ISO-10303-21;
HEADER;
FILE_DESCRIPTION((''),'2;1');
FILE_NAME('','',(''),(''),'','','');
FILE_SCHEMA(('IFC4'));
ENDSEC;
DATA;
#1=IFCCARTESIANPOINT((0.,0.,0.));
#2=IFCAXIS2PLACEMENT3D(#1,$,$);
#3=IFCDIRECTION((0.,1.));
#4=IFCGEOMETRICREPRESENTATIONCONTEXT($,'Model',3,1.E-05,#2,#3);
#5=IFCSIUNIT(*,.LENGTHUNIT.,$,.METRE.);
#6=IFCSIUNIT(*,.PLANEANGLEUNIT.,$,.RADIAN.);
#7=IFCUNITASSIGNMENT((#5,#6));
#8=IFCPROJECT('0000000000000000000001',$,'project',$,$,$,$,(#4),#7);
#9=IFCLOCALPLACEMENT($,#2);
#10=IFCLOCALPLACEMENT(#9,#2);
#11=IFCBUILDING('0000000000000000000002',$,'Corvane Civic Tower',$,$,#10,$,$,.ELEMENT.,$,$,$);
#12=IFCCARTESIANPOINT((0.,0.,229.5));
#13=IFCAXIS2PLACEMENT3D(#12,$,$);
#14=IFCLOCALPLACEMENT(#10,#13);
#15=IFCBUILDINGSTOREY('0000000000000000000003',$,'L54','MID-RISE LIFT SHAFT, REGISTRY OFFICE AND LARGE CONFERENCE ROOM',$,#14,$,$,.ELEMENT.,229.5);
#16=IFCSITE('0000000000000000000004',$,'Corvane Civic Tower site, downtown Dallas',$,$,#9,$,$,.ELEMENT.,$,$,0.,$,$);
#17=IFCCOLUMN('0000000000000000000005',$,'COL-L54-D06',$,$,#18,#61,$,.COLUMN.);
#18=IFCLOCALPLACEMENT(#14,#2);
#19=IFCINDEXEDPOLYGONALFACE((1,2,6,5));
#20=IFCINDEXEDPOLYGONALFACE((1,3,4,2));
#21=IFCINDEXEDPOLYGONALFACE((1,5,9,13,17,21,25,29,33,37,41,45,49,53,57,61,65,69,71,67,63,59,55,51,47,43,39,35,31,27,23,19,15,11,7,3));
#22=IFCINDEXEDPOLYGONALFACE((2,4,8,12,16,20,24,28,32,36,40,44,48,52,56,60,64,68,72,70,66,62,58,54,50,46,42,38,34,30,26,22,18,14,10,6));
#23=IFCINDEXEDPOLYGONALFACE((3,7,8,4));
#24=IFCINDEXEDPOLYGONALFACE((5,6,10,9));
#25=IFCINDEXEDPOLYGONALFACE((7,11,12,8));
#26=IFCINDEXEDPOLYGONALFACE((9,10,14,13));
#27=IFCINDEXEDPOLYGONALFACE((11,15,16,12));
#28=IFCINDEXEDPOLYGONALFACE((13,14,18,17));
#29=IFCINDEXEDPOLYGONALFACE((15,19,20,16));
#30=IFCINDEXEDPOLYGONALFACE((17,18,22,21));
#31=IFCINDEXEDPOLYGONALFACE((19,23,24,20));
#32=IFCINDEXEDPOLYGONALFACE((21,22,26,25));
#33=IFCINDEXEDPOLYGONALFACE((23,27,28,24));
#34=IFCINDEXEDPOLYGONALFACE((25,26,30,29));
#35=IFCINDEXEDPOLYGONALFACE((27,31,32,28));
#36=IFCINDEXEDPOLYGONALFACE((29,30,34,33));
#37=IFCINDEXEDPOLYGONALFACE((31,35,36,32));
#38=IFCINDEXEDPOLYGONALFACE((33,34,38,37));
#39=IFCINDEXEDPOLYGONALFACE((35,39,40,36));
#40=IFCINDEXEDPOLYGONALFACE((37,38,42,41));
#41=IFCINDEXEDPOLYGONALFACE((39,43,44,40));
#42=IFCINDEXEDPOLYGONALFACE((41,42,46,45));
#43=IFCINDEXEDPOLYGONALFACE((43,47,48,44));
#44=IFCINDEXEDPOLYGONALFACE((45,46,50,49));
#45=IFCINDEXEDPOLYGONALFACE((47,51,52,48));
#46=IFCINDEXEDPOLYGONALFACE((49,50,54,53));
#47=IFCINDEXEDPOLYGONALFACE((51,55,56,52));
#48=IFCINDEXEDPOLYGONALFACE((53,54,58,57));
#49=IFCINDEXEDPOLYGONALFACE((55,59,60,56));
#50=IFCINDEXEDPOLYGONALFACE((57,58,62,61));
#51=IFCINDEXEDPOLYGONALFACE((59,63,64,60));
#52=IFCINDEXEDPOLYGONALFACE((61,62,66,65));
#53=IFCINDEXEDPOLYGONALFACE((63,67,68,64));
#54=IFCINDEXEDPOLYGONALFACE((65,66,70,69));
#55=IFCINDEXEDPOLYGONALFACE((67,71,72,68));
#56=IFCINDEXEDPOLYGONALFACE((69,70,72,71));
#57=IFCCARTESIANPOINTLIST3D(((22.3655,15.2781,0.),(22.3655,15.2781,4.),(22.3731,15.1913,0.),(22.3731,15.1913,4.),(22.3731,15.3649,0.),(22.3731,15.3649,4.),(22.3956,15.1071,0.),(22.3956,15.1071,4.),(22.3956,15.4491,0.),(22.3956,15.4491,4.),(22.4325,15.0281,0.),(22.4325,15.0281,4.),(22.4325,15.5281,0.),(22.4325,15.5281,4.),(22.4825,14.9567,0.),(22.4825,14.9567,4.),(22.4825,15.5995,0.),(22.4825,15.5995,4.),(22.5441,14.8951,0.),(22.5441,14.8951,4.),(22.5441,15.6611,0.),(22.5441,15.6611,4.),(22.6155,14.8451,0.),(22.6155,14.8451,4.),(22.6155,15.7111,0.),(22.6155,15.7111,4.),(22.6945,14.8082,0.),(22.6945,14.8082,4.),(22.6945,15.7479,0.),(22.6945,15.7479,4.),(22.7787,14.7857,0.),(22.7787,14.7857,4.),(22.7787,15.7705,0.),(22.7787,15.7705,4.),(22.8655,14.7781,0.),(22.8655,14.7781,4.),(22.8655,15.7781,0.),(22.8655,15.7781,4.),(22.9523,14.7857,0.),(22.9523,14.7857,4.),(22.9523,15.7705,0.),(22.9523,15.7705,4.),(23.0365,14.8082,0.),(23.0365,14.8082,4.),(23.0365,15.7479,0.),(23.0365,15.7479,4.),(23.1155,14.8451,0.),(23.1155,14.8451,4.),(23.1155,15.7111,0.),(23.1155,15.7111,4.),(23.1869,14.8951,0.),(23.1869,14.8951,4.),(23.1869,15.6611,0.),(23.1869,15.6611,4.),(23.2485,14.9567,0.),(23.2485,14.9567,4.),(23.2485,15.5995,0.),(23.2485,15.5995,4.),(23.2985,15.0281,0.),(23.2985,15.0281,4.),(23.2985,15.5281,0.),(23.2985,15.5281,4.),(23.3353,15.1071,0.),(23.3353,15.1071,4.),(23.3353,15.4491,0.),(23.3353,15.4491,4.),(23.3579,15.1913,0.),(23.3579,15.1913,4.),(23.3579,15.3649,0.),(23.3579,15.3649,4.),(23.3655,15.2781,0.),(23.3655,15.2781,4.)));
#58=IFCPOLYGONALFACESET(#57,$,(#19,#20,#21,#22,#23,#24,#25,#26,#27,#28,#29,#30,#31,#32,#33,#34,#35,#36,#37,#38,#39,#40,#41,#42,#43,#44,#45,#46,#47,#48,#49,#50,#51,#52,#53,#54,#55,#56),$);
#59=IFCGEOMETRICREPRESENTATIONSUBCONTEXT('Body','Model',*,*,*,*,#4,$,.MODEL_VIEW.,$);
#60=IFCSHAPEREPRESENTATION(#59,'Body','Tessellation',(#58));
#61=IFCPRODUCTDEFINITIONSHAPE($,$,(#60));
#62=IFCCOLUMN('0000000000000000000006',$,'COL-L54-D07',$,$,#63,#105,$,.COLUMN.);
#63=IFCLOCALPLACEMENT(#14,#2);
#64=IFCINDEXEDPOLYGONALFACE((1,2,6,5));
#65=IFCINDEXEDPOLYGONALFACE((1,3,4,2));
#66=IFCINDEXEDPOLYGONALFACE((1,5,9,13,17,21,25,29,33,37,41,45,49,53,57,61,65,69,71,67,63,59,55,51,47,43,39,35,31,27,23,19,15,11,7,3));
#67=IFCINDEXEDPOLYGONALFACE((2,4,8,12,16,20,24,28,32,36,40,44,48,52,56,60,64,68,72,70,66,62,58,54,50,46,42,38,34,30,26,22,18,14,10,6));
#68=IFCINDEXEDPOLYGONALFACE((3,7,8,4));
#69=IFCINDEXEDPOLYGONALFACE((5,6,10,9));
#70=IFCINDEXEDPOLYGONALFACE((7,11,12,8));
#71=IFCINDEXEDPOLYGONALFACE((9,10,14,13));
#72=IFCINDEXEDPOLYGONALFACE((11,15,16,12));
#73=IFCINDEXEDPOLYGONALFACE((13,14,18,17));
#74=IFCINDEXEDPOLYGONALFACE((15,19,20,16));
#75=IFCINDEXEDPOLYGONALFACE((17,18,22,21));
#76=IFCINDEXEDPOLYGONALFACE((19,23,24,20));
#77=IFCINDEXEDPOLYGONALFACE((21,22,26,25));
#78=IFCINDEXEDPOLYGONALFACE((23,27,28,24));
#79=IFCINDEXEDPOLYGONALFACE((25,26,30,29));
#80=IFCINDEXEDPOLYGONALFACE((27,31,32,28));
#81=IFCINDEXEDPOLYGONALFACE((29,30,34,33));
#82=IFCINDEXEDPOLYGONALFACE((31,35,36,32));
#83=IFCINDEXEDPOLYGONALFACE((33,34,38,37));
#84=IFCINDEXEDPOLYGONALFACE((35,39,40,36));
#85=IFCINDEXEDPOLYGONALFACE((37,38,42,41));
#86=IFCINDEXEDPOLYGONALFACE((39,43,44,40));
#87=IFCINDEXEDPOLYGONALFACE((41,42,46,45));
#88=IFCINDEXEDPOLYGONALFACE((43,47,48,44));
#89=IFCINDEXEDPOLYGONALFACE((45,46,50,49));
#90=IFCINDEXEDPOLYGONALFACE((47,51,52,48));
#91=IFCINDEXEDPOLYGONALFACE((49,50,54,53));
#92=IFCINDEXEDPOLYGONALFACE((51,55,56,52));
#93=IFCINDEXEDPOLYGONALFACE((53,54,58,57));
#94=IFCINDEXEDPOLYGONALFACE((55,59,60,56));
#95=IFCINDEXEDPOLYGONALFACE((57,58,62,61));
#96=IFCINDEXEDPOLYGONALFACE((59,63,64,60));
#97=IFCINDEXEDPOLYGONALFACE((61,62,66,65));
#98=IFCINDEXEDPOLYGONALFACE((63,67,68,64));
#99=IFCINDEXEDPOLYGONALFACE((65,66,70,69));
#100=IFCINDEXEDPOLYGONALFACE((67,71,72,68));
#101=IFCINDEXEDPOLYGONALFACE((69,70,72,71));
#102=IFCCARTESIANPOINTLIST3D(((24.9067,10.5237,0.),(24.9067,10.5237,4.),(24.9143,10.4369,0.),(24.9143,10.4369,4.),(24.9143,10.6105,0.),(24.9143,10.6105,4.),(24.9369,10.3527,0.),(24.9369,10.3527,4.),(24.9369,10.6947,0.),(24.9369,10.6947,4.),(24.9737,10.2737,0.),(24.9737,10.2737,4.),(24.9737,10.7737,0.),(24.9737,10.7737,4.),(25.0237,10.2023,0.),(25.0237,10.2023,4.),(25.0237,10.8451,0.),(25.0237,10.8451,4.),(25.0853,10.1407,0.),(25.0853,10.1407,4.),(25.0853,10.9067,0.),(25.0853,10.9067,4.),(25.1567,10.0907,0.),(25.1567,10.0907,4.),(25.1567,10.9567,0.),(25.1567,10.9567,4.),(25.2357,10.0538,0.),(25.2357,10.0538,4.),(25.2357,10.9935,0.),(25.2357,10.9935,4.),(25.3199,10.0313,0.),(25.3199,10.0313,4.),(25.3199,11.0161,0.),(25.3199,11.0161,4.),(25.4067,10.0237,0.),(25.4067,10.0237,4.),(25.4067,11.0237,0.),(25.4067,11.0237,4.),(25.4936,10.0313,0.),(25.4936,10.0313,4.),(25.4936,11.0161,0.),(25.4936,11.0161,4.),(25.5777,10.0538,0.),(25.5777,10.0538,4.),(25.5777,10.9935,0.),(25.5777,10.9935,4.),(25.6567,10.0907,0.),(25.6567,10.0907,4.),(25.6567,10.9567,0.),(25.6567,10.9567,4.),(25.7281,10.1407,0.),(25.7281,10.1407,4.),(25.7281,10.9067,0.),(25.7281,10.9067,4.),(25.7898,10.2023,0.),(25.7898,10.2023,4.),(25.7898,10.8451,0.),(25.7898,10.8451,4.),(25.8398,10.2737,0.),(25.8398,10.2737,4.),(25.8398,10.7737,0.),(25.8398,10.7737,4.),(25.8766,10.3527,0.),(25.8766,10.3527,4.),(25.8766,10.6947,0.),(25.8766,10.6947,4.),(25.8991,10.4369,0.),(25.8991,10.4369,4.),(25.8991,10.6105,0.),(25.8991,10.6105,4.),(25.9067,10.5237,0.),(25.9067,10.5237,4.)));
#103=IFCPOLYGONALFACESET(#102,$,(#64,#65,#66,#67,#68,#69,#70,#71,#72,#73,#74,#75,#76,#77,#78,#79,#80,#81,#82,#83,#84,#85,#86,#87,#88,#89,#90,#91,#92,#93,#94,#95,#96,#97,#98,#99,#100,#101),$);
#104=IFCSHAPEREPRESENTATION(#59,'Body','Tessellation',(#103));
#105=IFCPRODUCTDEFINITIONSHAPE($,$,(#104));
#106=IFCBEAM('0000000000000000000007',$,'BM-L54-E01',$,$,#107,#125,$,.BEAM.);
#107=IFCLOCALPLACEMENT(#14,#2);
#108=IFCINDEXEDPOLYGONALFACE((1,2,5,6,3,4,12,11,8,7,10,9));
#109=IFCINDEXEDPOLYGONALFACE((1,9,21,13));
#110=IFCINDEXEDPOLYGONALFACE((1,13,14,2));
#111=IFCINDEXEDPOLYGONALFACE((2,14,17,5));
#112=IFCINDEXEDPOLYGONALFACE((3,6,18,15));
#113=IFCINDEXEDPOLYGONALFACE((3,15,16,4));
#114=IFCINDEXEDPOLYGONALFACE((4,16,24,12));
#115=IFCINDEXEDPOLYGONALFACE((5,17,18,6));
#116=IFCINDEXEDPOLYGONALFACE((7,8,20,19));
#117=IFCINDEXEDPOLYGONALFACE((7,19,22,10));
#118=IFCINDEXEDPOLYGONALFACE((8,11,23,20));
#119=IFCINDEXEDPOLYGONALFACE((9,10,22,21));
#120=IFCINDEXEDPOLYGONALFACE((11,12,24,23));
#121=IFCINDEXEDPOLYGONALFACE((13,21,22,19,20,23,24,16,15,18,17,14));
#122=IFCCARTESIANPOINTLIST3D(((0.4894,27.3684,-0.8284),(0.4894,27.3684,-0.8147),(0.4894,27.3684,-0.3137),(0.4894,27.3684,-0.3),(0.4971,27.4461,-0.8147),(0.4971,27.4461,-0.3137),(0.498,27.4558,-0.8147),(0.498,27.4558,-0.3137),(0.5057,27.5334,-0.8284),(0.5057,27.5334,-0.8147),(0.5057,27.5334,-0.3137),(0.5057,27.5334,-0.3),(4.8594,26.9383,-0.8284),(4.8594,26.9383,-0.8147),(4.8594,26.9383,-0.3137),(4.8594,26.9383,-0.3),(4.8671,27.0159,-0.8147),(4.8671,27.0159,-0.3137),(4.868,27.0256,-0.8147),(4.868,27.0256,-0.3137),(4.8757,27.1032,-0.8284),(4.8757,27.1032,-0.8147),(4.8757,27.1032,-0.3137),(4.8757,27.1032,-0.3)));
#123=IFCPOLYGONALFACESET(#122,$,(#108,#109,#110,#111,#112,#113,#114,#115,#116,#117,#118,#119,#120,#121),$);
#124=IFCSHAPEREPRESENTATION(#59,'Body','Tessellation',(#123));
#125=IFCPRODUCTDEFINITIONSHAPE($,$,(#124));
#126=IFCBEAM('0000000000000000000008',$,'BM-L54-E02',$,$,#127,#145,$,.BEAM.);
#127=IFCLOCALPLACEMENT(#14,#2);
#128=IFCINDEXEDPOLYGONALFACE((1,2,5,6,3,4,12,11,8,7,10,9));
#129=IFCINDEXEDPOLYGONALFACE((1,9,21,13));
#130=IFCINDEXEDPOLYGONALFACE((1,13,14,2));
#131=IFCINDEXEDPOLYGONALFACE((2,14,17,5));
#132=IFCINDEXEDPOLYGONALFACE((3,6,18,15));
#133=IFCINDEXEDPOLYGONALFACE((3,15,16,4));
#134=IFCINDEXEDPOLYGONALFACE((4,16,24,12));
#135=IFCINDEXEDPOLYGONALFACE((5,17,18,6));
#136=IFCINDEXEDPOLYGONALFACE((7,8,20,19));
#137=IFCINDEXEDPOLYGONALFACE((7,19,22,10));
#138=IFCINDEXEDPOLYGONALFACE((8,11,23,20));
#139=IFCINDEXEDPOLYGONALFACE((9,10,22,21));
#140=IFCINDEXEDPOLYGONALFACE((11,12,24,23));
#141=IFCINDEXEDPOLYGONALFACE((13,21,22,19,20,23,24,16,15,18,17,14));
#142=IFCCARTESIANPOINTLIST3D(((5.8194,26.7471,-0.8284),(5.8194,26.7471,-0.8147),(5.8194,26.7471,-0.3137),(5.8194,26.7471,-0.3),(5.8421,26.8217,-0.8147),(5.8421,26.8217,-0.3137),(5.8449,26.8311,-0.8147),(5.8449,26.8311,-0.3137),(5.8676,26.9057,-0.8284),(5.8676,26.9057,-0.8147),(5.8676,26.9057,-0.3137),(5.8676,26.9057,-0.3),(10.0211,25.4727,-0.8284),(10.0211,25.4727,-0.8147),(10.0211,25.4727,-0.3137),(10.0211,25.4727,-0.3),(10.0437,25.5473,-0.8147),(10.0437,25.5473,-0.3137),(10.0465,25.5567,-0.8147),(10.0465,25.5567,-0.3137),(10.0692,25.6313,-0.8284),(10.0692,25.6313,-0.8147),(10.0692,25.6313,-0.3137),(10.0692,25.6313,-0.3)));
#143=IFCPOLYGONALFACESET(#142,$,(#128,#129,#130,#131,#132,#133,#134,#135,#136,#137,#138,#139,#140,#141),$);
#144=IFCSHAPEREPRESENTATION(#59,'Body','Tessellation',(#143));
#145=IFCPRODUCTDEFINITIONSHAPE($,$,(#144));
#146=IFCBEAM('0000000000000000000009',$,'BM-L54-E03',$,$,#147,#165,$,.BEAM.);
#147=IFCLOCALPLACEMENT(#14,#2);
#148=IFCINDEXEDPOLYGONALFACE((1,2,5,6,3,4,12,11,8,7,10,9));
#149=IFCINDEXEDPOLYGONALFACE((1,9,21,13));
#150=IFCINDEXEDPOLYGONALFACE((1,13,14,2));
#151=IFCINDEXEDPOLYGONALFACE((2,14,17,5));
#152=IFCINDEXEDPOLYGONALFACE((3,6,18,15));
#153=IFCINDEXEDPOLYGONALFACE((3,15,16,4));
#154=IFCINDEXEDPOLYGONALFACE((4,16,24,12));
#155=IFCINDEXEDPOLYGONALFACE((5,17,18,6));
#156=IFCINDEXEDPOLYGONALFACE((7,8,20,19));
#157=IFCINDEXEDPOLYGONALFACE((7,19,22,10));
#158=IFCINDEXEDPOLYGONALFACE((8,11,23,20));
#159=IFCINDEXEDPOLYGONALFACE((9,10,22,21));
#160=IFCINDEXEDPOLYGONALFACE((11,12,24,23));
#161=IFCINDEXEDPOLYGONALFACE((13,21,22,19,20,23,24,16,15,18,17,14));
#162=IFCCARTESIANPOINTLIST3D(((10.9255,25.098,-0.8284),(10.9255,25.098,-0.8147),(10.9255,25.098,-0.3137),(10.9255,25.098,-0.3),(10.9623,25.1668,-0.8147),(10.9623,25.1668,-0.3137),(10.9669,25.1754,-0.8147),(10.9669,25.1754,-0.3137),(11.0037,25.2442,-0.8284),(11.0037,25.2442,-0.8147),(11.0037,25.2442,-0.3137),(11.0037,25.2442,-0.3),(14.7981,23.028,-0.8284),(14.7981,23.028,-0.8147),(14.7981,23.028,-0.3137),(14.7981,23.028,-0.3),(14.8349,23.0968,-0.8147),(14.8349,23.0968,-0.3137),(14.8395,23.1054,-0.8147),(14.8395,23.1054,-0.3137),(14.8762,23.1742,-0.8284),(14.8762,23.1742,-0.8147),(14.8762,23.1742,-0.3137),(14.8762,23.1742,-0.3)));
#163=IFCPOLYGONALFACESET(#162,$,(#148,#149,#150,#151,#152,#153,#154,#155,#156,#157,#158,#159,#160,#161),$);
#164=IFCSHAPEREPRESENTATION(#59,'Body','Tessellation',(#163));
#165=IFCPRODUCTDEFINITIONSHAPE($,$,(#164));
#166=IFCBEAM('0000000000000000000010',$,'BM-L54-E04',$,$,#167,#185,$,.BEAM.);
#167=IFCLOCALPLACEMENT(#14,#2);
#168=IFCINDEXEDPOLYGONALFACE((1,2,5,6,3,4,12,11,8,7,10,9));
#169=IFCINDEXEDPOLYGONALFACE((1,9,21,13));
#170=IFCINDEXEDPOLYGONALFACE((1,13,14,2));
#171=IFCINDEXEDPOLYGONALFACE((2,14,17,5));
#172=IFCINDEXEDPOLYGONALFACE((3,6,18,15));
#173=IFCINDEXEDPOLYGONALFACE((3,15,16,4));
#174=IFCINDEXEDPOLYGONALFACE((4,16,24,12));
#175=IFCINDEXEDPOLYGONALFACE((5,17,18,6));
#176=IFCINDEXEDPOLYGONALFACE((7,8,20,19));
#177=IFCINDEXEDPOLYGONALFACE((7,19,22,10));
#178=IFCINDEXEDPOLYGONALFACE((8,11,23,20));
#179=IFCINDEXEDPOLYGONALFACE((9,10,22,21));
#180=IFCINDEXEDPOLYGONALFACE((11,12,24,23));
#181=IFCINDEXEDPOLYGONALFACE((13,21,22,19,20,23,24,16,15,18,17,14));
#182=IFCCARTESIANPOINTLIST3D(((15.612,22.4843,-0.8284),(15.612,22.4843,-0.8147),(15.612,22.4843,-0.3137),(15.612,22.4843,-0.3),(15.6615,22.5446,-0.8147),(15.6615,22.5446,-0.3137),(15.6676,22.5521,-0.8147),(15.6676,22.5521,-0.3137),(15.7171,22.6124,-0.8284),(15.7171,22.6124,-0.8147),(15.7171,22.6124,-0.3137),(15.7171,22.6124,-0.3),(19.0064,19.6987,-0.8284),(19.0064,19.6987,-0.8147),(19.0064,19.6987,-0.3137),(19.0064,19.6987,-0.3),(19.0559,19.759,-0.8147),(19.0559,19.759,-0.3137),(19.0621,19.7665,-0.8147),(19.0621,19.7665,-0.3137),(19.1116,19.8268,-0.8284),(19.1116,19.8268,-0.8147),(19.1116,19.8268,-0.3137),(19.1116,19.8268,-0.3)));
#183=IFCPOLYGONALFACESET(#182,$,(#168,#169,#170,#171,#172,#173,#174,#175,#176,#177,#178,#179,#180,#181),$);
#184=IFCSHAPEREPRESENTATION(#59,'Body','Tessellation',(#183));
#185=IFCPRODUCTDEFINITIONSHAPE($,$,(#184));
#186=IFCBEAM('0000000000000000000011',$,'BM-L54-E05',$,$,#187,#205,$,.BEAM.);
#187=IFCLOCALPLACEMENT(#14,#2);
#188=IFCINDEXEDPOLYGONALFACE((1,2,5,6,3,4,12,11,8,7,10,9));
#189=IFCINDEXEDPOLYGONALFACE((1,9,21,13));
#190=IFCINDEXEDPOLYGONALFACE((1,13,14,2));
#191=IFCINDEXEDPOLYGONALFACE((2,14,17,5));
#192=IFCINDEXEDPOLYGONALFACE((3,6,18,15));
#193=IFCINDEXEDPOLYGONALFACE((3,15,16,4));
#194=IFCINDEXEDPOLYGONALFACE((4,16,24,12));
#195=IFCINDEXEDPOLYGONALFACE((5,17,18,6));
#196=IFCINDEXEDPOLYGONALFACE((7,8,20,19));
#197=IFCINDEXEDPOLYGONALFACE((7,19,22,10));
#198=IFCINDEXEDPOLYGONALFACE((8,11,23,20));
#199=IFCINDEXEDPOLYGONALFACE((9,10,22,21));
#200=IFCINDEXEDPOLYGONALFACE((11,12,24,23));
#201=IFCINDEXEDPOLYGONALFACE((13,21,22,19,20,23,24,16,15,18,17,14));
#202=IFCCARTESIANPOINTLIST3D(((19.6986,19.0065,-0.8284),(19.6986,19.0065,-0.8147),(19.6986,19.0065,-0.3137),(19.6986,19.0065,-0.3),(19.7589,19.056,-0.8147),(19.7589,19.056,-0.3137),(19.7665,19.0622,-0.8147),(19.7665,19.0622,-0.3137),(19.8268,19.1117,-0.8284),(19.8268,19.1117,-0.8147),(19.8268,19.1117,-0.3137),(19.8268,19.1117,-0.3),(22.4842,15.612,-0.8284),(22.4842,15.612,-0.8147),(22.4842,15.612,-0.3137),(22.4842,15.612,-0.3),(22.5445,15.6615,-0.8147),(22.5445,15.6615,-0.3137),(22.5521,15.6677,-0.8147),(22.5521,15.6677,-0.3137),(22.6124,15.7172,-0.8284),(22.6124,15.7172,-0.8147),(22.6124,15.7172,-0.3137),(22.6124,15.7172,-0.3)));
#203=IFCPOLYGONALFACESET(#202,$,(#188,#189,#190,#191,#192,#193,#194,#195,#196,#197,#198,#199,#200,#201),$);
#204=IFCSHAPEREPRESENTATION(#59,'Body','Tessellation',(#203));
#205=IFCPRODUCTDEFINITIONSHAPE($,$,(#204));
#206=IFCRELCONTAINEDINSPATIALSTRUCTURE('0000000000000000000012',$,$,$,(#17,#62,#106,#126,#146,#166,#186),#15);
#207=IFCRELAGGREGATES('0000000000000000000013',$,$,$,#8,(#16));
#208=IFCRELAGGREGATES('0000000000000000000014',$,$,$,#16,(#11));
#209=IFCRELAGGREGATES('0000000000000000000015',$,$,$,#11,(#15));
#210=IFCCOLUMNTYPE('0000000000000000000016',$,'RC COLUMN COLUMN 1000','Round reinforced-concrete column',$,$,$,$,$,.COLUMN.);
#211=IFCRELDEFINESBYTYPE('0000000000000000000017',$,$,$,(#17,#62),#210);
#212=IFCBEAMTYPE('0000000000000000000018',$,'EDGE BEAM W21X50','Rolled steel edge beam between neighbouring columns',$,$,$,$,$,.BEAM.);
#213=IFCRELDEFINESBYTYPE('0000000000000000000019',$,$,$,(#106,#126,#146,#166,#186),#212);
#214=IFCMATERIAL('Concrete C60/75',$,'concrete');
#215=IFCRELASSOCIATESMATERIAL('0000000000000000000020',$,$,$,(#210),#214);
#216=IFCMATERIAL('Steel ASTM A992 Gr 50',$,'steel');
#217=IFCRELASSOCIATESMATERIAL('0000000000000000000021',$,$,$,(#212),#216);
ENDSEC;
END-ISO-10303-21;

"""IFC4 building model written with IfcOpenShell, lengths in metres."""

from ifc_helpers import new_model, si_unit, direction, frame, origin, origin_2d, place, context, subcontext, project, spatial, circle, i_section, extrude, material, material_profile, profile_set, type_object, element, save


model = new_model("IFC4")

# Units and contexts
model_context = context("Model", 3, precision=1e-05, world=origin(), true_north=direction((0.0, 1.0)))
body_context = subcontext(model_context, "Body", "Model", "MODEL_VIEW")
ifc_project = project(units=[si_unit("LENGTHUNIT", "METRE"), si_unit("PLANEANGLEUNIT", "RADIAN")], contexts=[model_context])

# Site, building, storey
site_placement = place(None, origin())
site = spatial("IfcSite", under=ifc_project, at=site_placement, Name="Corvane Civic Tower site, downtown Dallas", CompositionType="ELEMENT", RefElevation=0.0)
building_placement = place(site_placement, origin())
building = spatial("IfcBuilding", under=site, at=building_placement, Name="Corvane Civic Tower", CompositionType="ELEMENT")
storey_placement = place(building_placement, frame((0.0, 0.0, 229.5)))
storey = spatial("IfcBuildingStorey", under=building, at=storey_placement, Name="L54", Description="MID-RISE LIFT SHAFT, REGISTRY OFFICE AND LARGE CONFERENCE ROOM", CompositionType="ELEMENT", Elevation=229.5)

# Columns
ifc_material_1 = material(Name="Concrete C60/75", Category="concrete")
ifc_material_profile_1 = material_profile(ifc_material_1, circle(Radius=0.5, at=origin_2d()), Name="COLUMN 1000")
ifc_profile_set_1 = profile_set([ifc_material_profile_1], Name="Concrete C60/75")
column_type = type_object("IfcColumnType", Name="RC COLUMN COLUMN 1000", Description="Round reinforced-concrete column", PredefinedType="COLUMN", material=ifc_profile_set_1)
for number, where, z_axis, x_axis, name in (
    (1, (22.8655, 15.2781, 0.0), (0.0, 0.0, 1.0), (1.0, 0.0, 0.0), "COL-L54-D06"),
    (2, (25.4067, 10.5237, 0.0), (0.0, 0.0, 1.0), (1.0, 0.0, 0.0), "COL-L54-D07"),
):
    element("IfcColumn", number, at=place(storey_placement, frame(where, z_axis=z_axis, x_axis=x_axis)), inside=storey, type_object=column_type, Name=name, PredefinedType="COLUMN", context=body_context, shape_type="SweptSolid", body=[
        extrude(circle(Radius=0.5, at=origin_2d()), origin(), (0.0, 0.0, 1.0), 4.0),
    ])

# Beams
ifc_material_2 = material(Name="Steel ASTM A992 Gr 50", Category="steel")
ifc_material_profile_2 = material_profile(ifc_material_2, i_section(OverallWidth=0.1658, OverallDepth=0.5283, WebThickness=0.0098, FlangeThickness=0.0137, at=origin_2d()), Name="W21X50")
ifc_profile_set_2 = profile_set([ifc_material_profile_2], Name="Steel ASTM A992 Gr 50")
beam_type_1 = type_object("IfcBeamType", Name="EDGE BEAM W21X50", Description="Rolled steel edge beam between neighbouring columns", PredefinedType="BEAM", material=ifc_profile_set_2)
beam_1_placement = place(storey_placement, frame((0.4976, 27.4509, -0.5642), z_axis=(0.99519, -0.097968, 0.0), x_axis=(0.097968, 0.99519, 0.0)))
element("IfcBeam", 3, at=beam_1_placement, inside=storey, type_object=beam_type_1, Name="BM-L54-E01", PredefinedType="BEAM", context=body_context, shape_type="SweptSolid", body=[
    extrude(i_section(OverallWidth=0.1658, OverallDepth=0.5283, WebThickness=0.0098, FlangeThickness=0.0137, at=origin_2d()), origin(), (0.0, 0.0, 1.0), 4.3911),
])
beam_2_placement = place(storey_placement, frame((5.8435, 26.8264, -0.5642), z_axis=(0.95695, -0.290254, 0.0), x_axis=(0.290254, 0.95695, 0.0)))
element("IfcBeam", 4, at=beam_2_placement, inside=storey, type_object=beam_type_1, Name="BM-L54-E02", PredefinedType="BEAM", context=body_context, shape_type="SweptSolid", body=[
    extrude(i_section(OverallWidth=0.1658, OverallDepth=0.5283, WebThickness=0.0098, FlangeThickness=0.0137, at=origin_2d()), origin(), (0.0, 0.0, 1.0), 4.3906),
])
for number, where, z_axis, x_axis, name in (
    (5, (10.9646, 25.1711, -0.5642), (0.881908, -0.471422, 0.0), (0.471422, 0.881908, 0.0), "BM-L54-E03"),
    (6, (15.6646, 22.5483, -0.5642), (0.77303, -0.634369, 0.0), (0.634369, 0.77303, 0.0), "BM-L54-E04"),
    (7, (19.7627, 19.0591, -0.5642), (0.634369, -0.77303, 0.0), (0.77303, 0.634369, 0.0), "BM-L54-E05"),
):
    element("IfcBeam", number, at=place(storey_placement, frame(where, z_axis=z_axis, x_axis=x_axis)), inside=storey, type_object=beam_type_1, Name=name, PredefinedType="BEAM", context=body_context, shape_type="SweptSolid", body=[
        extrude(i_section(OverallWidth=0.1658, OverallDepth=0.5283, WebThickness=0.0098, FlangeThickness=0.0137, at=origin_2d()), origin(), (0.0, 0.0, 1.0), 4.3911),
    ])

save(model, "model.ifc")
